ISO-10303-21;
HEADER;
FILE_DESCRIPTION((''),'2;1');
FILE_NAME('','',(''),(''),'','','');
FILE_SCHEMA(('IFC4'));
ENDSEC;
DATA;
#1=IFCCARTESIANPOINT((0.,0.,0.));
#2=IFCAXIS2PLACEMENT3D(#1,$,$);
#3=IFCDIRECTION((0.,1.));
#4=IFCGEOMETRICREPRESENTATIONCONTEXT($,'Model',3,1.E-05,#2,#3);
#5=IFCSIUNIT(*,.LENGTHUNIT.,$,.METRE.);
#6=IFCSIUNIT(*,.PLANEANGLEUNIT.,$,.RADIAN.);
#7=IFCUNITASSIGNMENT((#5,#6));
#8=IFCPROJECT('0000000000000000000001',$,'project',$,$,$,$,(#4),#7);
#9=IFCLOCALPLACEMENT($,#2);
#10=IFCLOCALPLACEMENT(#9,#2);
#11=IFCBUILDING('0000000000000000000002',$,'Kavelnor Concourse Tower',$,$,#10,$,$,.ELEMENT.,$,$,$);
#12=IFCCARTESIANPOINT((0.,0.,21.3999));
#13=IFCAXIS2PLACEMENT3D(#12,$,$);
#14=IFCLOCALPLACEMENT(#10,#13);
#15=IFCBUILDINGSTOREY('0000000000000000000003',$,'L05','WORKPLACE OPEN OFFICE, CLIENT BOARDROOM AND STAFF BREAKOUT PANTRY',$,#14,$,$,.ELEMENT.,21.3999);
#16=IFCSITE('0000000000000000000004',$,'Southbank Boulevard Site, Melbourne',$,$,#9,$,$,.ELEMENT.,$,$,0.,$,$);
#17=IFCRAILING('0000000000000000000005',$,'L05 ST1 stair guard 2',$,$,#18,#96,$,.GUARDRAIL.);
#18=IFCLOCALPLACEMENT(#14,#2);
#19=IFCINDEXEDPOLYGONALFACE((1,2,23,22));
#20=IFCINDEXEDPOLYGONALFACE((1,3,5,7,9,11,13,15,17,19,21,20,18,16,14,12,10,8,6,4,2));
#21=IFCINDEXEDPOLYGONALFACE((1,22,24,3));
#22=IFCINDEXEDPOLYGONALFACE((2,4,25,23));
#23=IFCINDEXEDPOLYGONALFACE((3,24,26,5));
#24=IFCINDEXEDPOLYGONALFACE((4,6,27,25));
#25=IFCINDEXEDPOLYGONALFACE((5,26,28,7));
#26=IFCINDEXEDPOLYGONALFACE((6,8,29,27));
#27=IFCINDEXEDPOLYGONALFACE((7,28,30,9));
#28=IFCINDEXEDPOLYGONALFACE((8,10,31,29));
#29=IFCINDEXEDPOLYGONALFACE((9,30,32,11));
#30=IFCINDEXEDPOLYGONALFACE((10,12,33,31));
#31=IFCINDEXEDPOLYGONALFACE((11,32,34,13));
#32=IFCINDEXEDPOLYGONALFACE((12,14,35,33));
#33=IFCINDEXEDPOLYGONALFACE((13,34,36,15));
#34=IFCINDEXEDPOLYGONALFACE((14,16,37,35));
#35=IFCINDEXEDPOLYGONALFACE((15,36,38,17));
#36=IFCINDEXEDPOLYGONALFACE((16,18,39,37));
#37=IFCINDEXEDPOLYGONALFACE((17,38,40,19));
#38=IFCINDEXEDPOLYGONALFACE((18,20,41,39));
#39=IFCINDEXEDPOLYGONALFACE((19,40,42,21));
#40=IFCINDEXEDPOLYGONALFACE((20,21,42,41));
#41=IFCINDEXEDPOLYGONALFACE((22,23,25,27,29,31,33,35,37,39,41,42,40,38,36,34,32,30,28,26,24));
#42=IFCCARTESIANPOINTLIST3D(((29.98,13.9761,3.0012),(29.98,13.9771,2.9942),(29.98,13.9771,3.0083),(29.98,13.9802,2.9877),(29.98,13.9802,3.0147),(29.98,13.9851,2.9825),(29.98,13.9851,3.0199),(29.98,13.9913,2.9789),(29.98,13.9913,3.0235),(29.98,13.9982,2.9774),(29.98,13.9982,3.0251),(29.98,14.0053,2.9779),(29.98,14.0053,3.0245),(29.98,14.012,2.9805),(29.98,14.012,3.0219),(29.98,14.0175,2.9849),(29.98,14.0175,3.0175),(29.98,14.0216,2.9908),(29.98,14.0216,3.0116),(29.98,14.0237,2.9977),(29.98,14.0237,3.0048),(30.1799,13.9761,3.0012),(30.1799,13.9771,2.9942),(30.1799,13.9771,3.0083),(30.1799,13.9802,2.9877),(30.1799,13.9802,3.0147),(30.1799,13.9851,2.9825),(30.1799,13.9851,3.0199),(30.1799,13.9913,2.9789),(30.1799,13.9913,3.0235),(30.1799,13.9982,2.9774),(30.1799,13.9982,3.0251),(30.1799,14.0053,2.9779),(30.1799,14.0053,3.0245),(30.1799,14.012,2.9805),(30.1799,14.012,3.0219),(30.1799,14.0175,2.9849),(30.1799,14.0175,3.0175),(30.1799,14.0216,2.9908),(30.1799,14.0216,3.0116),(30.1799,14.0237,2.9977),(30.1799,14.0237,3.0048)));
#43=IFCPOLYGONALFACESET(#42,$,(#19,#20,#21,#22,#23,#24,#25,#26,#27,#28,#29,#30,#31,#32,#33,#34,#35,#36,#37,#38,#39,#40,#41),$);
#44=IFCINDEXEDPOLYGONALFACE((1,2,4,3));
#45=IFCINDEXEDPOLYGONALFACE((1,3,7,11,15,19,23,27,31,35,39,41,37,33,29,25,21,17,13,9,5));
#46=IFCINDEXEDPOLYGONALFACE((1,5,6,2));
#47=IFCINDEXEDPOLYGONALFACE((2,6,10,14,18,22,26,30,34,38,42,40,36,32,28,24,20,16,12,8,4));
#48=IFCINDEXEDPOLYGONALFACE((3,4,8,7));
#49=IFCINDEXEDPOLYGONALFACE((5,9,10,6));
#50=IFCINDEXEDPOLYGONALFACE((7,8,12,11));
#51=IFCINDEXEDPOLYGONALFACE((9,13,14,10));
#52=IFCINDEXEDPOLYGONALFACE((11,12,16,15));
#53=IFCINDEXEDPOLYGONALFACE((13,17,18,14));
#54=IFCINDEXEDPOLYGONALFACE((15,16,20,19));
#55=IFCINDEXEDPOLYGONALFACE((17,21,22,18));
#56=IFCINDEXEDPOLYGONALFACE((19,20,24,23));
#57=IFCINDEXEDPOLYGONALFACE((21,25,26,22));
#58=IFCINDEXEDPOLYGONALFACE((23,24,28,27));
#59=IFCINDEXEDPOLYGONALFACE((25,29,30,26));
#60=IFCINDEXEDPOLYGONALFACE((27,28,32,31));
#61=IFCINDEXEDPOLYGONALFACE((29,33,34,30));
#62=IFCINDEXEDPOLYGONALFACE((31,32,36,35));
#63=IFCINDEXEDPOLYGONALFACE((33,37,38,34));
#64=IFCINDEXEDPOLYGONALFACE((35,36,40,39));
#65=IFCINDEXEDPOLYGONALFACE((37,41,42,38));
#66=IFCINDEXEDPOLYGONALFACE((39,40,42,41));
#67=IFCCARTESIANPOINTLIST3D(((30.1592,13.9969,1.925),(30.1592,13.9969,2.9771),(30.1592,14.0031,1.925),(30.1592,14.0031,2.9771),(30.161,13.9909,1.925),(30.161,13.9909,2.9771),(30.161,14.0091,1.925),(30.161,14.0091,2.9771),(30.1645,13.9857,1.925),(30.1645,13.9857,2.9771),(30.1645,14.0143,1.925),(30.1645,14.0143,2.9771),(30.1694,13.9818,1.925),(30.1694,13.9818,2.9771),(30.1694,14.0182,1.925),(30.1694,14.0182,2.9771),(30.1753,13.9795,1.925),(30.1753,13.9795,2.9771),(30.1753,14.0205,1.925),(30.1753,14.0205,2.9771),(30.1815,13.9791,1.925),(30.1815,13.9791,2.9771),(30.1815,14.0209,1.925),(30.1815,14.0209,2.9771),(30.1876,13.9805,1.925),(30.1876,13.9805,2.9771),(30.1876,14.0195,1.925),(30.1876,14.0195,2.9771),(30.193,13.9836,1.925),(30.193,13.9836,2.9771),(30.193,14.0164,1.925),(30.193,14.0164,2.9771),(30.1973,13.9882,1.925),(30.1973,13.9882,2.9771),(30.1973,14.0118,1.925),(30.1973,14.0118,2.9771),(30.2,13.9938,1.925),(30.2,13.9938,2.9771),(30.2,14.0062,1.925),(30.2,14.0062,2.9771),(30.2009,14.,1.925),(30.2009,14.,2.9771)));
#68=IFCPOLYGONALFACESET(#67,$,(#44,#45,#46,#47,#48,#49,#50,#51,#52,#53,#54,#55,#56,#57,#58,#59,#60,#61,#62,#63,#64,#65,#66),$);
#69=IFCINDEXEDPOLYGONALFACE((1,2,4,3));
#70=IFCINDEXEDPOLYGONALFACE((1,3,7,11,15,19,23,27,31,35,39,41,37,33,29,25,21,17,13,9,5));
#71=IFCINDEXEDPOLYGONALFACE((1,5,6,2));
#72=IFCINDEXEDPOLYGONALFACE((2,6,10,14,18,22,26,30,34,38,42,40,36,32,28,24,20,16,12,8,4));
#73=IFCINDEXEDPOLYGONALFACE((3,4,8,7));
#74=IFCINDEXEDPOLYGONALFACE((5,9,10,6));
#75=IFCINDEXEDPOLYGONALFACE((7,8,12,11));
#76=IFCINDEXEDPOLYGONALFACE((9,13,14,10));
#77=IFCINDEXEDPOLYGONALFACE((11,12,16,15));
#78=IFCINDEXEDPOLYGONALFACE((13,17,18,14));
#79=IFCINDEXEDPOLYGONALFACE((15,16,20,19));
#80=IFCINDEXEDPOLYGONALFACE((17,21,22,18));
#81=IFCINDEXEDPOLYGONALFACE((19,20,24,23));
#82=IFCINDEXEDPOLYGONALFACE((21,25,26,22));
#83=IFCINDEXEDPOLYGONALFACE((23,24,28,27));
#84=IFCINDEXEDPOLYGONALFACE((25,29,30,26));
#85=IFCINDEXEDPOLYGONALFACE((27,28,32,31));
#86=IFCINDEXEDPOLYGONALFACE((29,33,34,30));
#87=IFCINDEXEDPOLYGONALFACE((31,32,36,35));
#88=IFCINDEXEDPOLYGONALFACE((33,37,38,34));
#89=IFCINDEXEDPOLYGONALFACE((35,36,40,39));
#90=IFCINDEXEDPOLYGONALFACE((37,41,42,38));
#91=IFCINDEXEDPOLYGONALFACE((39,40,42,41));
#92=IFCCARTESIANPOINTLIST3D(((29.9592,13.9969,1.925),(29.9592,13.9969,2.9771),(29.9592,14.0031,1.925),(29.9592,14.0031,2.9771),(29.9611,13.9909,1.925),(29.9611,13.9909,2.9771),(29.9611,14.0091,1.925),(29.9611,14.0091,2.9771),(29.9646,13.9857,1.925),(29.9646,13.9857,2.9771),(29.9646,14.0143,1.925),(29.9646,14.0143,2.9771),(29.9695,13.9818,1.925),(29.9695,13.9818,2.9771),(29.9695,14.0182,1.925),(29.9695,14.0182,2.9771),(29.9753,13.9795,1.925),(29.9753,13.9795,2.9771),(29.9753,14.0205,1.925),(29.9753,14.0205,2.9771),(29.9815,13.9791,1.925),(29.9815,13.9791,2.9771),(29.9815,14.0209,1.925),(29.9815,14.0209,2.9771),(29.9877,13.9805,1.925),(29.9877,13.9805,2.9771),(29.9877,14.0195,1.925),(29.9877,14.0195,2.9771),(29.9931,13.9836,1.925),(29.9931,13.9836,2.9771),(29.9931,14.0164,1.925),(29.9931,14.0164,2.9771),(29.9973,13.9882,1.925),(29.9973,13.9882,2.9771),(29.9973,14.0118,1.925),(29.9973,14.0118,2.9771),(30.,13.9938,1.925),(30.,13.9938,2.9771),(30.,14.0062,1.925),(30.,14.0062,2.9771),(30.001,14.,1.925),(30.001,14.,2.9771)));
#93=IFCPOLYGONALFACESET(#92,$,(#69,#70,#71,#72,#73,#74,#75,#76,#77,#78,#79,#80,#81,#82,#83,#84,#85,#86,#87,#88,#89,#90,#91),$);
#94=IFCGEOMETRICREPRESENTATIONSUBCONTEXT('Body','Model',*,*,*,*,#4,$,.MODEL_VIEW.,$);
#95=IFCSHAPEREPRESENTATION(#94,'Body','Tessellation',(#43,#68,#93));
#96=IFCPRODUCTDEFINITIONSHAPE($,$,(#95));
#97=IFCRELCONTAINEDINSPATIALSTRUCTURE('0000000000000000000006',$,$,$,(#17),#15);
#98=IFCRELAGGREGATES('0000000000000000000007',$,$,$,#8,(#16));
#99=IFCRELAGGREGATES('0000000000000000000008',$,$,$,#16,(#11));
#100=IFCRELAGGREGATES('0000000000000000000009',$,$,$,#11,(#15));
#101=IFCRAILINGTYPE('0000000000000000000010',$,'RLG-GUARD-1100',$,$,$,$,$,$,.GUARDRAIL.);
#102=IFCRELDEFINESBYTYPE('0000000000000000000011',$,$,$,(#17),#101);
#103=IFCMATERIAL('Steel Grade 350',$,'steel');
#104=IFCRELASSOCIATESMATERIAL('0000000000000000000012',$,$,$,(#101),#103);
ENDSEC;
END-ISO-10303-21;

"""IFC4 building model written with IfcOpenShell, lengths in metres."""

from ifc_helpers import new_model, si_unit, direction, frame, origin, origin_2d, place, context, subcontext, project, spatial, circle, extrude, material, type_object, element, save


model = new_model("IFC4")

# Units and contexts
model_context = context("Model", 3, precision=1e-05, world=origin(), true_north=direction((0.0, 1.0)))
body_context = subcontext(model_context, "Body", "Model", "MODEL_VIEW")
ifc_project = project(units=[si_unit("LENGTHUNIT", "METRE"), si_unit("PLANEANGLEUNIT", "RADIAN")], contexts=[model_context])

# Site, building, storey
site_placement = place(None, origin())
site = spatial("IfcSite", under=ifc_project, at=site_placement, Name="Southbank Boulevard Site, Melbourne", CompositionType="ELEMENT", RefElevation=0.0)
building_placement = place(site_placement, origin())
building = spatial("IfcBuilding", under=site, at=building_placement, Name="Kavelnor Concourse Tower", CompositionType="ELEMENT")
storey_placement = place(building_placement, frame((0.0, 0.0, 21.3999)))
storey = spatial("IfcBuildingStorey", under=building, at=storey_placement, Name="L05", Description="WORKPLACE OPEN OFFICE, CLIENT BOARDROOM AND STAFF BREAKOUT PANTRY", CompositionType="ELEMENT", Elevation=21.3999)

# Shared definitions
ifc_material_1 = material(Name="Steel Grade 350", Category="steel")

# Railing
railing_type_1 = type_object("IfcRailingType", Name="RLG-GUARD-1100", PredefinedType="GUARDRAIL", material=ifc_material_1)
railing_1_placement = place(storey_placement, frame((30.1799, 14.0, 1.925)))
element("IfcRailing", 1, at=railing_1_placement, inside=storey, type_object=railing_type_1, Name="L05 ST1 stair guard 2", PredefinedType="GUARDRAIL", context=body_context, shape_type="SweptSolid", body=[
    extrude(circle(Radius=0.0239, at=origin_2d()), frame((0.0, 0.0, 1.0762), z_axis=(-1.0, 0.0, 0.0), x_axis=(0.0, -1.0, 0.0)), (0.0, 0.0, 1.0), 0.2),
    extrude(circle(Radius=0.021, at=origin_2d()), origin(), (0.0, 0.0, 1.0), 1.052),
    extrude(circle(Radius=0.021, at=origin_2d()), frame((-0.2, 0.0, 0.0)), (0.0, 0.0, 1.0), 1.052),
])

save(model, "model.ifc")
